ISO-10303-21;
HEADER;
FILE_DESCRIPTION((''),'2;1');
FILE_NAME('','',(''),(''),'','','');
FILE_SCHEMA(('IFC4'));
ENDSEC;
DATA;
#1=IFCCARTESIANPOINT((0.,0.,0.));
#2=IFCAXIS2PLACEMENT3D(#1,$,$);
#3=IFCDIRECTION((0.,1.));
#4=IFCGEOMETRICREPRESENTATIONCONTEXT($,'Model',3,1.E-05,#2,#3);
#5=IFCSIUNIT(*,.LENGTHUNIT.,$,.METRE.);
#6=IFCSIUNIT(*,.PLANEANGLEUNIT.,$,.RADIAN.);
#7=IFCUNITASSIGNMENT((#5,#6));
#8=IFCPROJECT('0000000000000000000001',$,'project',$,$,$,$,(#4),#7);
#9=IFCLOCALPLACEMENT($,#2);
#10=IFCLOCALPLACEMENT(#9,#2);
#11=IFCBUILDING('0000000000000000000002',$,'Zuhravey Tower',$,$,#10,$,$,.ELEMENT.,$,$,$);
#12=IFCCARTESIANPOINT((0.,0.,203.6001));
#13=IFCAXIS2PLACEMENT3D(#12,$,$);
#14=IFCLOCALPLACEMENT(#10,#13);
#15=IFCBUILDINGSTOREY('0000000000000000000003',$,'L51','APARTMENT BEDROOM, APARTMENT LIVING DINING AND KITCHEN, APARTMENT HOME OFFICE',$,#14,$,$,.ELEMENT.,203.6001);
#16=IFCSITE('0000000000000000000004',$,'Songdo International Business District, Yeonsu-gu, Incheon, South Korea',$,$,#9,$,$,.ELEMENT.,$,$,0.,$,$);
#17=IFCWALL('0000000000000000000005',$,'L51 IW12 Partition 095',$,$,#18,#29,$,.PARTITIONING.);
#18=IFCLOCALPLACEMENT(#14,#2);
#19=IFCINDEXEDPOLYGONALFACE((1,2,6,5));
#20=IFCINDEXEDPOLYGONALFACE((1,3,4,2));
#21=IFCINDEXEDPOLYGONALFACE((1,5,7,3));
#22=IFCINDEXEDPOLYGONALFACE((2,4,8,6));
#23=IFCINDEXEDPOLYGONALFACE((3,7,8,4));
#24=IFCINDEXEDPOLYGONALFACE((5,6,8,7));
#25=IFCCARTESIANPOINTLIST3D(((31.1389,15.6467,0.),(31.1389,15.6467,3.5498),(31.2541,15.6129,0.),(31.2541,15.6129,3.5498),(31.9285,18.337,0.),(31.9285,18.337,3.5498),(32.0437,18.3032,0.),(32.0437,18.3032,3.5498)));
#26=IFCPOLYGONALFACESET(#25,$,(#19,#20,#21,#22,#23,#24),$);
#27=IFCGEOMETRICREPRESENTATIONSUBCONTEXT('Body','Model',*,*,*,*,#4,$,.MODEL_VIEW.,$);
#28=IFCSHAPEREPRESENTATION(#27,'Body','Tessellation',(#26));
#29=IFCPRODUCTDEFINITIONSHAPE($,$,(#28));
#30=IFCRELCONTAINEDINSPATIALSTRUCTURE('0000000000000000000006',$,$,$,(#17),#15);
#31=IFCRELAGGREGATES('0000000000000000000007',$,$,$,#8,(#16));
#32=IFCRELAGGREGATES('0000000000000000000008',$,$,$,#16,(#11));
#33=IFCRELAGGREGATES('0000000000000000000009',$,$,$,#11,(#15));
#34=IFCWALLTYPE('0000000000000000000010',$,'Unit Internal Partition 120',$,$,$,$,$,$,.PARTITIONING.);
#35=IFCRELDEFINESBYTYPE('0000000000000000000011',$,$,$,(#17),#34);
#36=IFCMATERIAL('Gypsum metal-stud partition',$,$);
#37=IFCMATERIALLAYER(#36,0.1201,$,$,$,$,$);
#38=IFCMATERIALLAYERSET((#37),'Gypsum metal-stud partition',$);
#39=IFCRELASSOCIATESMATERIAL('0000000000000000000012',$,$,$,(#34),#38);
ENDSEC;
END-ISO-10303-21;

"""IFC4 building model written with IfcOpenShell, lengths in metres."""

from ifc_helpers import new_model, si_unit, direction, frame, frame_2d, origin, place, context, subcontext, project, spatial, rectangle, extrude, material, layer, layer_set, type_object, element, save


model = new_model("IFC4")

# Units and contexts
model_context = context("Model", 3, precision=1e-05, world=origin(), true_north=direction((0.0, 1.0)))
body_context = subcontext(model_context, "Body", "Model", "MODEL_VIEW")
ifc_project = project(units=[si_unit("LENGTHUNIT", "METRE"), si_unit("PLANEANGLEUNIT", "RADIAN")], contexts=[model_context])

# Site, building, storey
site_placement = place(None, origin())
site = spatial("IfcSite", under=ifc_project, at=site_placement, Name="Songdo International Business District, Yeonsu-gu, Incheon, South Korea", CompositionType="ELEMENT", RefElevation=0.0)
building_placement = place(site_placement, origin())
building = spatial("IfcBuilding", under=site, at=building_placement, Name="Zuhravey Tower", CompositionType="ELEMENT")
storey_placement = place(building_placement, frame((0.0, 0.0, 203.6001)))
storey = spatial("IfcBuildingStorey", under=building, at=storey_placement, Name="L51", Description="APARTMENT BEDROOM, APARTMENT LIVING DINING AND KITCHEN, APARTMENT HOME OFFICE", CompositionType="ELEMENT", Elevation=203.6001)

# Wall
ifc_material_1 = material(Name="Gypsum metal-stud partition")
ifc_layer_1 = layer(ifc_material_1, 0.1201)
ifc_layer_set_1 = layer_set([ifc_layer_1], Name="Gypsum metal-stud partition")
wall_type_1 = type_object("IfcWallType", Name="Unit Internal Partition 120", PredefinedType="PARTITIONING", material=ifc_layer_set_1)
wall_1_placement = place(storey_placement, frame((31.9861, 18.3201, 0.0), z_axis=(0.0, 0.0, 1.0), x_axis=(-0.281615, -0.959528, 0.0)))
element("IfcWall", 1, at=wall_1_placement, inside=storey, type_object=wall_type_1, Name="L51 IW12 Partition 095", PredefinedType="PARTITIONING", context=body_context, shape_type="SweptSolid", body=[
    extrude(rectangle(XDim=2.8037, YDim=0.1201, at=frame_2d((1.4019, 0.0))), origin(), (0.0, 0.0, 1.0), 3.5498),
])

save(model, "model.ifc")
